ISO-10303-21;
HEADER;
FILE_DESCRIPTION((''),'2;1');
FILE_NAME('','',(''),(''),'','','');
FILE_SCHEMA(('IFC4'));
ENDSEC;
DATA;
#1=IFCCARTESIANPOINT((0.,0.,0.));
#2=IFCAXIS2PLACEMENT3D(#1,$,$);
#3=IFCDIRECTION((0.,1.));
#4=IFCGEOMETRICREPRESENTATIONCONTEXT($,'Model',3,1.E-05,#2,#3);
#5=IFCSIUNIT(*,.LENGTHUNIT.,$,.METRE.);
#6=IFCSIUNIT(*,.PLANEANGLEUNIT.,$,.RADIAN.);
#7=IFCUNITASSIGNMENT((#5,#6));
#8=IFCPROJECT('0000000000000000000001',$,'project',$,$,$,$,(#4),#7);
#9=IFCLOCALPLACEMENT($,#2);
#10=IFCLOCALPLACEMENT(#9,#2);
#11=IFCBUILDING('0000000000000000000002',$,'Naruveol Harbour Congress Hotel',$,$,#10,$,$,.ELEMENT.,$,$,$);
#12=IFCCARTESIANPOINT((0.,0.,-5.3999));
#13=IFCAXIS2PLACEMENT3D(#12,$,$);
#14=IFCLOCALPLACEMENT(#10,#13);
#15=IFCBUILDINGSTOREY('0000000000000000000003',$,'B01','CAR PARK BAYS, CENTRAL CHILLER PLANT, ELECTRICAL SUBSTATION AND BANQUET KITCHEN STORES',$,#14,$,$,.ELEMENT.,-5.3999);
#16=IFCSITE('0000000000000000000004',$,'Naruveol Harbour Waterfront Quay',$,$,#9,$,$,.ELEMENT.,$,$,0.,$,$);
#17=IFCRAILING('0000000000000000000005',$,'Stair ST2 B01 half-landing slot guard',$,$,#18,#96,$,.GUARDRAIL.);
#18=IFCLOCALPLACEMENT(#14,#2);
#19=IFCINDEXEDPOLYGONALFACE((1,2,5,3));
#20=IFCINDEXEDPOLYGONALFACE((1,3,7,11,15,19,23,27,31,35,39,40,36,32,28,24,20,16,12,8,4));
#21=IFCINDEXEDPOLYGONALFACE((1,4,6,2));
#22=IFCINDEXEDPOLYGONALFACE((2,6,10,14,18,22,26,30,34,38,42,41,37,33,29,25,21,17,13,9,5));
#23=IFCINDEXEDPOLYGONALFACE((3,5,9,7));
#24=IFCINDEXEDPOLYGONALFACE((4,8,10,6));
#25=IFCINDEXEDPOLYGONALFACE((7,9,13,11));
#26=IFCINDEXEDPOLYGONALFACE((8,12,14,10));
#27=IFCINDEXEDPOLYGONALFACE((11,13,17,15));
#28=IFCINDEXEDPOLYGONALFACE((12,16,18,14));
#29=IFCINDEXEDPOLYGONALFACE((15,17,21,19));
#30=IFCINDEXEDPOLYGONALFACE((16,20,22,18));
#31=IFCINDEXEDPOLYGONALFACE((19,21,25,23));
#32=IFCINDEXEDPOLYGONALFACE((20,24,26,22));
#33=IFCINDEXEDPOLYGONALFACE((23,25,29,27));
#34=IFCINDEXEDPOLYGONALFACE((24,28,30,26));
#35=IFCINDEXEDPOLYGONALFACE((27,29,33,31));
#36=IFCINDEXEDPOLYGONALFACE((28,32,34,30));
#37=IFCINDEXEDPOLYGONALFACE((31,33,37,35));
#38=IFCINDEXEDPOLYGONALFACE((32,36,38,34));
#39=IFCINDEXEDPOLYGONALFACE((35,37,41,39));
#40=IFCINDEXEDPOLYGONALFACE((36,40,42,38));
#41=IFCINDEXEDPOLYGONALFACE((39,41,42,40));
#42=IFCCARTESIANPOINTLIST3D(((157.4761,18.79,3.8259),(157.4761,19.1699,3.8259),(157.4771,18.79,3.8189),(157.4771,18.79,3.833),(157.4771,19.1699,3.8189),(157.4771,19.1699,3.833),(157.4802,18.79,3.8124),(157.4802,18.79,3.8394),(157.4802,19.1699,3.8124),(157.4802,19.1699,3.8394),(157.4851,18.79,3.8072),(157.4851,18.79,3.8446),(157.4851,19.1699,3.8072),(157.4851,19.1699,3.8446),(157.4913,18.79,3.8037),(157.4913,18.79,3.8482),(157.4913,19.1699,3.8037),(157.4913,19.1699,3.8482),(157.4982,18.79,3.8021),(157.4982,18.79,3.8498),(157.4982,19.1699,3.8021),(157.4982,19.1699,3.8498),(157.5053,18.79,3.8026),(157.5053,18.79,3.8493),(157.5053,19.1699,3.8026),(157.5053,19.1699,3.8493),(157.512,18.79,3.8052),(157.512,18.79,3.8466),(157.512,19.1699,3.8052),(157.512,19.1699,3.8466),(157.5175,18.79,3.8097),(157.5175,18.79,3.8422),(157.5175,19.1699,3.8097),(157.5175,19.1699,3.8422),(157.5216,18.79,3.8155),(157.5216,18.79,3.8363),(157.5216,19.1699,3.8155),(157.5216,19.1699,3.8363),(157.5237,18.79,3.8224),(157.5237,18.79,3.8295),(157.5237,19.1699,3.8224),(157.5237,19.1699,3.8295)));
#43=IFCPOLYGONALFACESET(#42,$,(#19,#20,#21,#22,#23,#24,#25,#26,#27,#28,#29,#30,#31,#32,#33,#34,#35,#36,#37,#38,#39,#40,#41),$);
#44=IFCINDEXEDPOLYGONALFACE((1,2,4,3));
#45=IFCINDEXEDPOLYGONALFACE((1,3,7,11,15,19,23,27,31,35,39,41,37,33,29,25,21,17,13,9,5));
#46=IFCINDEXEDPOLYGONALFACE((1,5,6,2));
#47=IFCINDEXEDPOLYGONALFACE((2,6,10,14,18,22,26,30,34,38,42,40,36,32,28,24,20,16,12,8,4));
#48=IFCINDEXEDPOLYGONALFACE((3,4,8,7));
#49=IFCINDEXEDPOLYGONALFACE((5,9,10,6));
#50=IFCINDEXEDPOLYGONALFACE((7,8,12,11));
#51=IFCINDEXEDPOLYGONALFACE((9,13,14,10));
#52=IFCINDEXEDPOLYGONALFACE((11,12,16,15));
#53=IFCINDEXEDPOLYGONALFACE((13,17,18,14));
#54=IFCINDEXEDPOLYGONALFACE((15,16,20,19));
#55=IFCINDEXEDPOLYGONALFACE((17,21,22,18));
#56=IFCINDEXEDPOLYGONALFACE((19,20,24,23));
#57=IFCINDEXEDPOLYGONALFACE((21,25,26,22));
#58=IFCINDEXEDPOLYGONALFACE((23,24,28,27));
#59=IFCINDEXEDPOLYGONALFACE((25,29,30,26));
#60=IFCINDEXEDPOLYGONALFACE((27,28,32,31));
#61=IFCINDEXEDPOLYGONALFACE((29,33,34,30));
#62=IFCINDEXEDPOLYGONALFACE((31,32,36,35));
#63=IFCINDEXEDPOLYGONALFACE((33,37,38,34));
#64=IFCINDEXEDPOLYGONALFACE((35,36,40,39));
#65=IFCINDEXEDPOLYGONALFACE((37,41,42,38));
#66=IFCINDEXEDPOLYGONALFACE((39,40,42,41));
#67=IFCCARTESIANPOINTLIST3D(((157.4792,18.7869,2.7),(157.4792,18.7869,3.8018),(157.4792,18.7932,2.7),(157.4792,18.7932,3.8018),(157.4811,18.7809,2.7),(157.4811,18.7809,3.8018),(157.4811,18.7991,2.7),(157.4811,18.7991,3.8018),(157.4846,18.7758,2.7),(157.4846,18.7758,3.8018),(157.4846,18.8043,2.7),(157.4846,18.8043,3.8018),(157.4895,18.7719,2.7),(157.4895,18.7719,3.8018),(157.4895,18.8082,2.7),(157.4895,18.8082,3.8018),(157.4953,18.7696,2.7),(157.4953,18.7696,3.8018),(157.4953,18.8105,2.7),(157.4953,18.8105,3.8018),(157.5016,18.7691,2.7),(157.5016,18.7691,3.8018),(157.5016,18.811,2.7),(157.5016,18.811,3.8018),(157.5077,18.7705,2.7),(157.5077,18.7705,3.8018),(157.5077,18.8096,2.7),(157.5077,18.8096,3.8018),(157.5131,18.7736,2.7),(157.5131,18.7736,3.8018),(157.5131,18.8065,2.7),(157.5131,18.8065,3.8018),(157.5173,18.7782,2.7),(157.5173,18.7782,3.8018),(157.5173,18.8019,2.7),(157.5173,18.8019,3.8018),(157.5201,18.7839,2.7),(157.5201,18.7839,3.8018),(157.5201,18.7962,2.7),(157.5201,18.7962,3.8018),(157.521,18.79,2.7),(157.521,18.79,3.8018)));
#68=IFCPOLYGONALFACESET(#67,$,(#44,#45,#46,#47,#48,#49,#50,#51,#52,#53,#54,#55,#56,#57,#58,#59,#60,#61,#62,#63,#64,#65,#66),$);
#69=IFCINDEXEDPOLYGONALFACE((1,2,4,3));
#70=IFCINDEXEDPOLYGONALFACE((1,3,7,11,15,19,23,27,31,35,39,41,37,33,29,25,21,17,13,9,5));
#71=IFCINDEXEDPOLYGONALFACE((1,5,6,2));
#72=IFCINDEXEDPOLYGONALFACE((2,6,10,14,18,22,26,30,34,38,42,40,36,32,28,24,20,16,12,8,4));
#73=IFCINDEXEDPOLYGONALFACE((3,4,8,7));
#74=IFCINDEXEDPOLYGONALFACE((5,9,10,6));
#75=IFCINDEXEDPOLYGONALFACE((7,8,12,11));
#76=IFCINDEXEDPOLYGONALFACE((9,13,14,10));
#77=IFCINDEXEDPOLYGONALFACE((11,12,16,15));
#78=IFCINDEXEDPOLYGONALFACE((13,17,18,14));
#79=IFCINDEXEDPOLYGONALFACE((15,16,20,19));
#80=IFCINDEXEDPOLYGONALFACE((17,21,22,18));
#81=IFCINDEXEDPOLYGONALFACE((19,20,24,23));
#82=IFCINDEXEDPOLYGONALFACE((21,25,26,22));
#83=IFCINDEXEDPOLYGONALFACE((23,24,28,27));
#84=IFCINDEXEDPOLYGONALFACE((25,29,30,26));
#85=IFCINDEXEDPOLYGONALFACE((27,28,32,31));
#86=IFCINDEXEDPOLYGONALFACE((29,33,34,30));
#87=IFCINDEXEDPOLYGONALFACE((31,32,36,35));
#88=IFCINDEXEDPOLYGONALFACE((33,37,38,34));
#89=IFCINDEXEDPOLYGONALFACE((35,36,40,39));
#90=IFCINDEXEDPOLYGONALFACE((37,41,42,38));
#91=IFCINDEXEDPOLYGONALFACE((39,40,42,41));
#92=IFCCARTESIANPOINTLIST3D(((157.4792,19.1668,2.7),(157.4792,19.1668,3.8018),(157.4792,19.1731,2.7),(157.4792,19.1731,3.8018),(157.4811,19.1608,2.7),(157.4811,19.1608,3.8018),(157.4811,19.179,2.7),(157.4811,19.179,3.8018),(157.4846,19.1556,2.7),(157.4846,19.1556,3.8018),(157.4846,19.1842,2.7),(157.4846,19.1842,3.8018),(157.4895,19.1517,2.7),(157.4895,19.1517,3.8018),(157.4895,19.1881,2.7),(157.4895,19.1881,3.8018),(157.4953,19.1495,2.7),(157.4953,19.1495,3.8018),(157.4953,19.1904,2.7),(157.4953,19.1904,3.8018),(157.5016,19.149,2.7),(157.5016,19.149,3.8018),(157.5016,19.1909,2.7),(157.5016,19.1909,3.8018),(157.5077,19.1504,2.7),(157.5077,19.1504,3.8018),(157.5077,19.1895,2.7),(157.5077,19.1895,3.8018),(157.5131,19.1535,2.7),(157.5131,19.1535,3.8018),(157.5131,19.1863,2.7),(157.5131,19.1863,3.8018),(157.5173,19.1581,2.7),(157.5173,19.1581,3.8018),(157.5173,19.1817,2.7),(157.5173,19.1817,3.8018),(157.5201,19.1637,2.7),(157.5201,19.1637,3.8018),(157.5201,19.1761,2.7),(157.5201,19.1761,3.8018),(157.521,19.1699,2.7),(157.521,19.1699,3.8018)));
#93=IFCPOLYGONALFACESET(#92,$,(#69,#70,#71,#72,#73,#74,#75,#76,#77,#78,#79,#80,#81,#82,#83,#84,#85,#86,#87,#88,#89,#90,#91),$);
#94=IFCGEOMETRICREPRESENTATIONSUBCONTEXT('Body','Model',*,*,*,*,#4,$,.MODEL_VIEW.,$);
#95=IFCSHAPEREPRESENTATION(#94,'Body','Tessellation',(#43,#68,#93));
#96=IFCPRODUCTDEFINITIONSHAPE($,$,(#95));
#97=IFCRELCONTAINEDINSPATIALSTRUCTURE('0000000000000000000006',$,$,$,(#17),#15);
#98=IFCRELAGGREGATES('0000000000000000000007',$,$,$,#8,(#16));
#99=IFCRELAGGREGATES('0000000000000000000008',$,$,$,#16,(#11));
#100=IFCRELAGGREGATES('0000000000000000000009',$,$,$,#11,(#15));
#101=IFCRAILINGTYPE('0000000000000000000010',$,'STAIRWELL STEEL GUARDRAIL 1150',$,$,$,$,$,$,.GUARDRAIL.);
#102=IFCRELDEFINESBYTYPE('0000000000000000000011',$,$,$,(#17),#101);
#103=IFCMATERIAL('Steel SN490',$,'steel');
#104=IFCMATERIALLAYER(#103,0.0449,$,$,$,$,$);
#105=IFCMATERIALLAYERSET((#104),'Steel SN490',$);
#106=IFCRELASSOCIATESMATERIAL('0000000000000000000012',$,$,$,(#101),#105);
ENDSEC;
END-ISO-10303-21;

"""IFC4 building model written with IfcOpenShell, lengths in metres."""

from ifc_helpers import new_model, si_unit, direction, frame, origin, origin_2d, place, context, subcontext, project, spatial, circle, extrude, material, layer, layer_set, type_object, element, save


model = new_model("IFC4")

# Units and contexts
model_context = context("Model", 3, precision=1e-05, world=origin(), true_north=direction((0.0, 1.0)))
body_context = subcontext(model_context, "Body", "Model", "MODEL_VIEW")
ifc_project = project(units=[si_unit("LENGTHUNIT", "METRE"), si_unit("PLANEANGLEUNIT", "RADIAN")], contexts=[model_context])

# Site, building, storey
site_placement = place(None, origin())
site = spatial("IfcSite", under=ifc_project, at=site_placement, Name="Naruveol Harbour Waterfront Quay", CompositionType="ELEMENT", RefElevation=0.0)
building_placement = place(site_placement, origin())
building = spatial("IfcBuilding", under=site, at=building_placement, Name="Naruveol Harbour Congress Hotel", CompositionType="ELEMENT")
storey_placement = place(building_placement, frame((0.0, 0.0, -5.3999)))
storey = spatial("IfcBuildingStorey", under=building, at=storey_placement, Name="B01", Description="CAR PARK BAYS, CENTRAL CHILLER PLANT, ELECTRICAL SUBSTATION AND BANQUET KITCHEN STORES", CompositionType="ELEMENT", Elevation=-5.3999)

# Railing
ifc_material_1 = material(Name="Steel SN490", Category="steel")
ifc_layer_1 = layer(ifc_material_1, 0.0449)
ifc_layer_set_1 = layer_set([ifc_layer_1], Name="Steel SN490")
railing_type_1 = type_object("IfcRailingType", Name="STAIRWELL STEEL GUARDRAIL 1150", PredefinedType="GUARDRAIL", material=ifc_layer_set_1)
railing_1_placement = place(storey_placement, frame((157.5, 18.79, 2.7)))
element("IfcRailing", 1, at=railing_1_placement, inside=storey, type_object=railing_type_1, Name="Stair ST2 B01 half-landing slot guard", PredefinedType="GUARDRAIL", context=body_context, shape_type="SweptSolid", body=[
    extrude(circle(Radius=0.0239, at=origin_2d()), frame((0.0, 0.0, 1.126), z_axis=(0.0, 1.0, 0.0), x_axis=(-1.0, 0.0, 0.0)), (0.0, 0.0, 1.0), 0.3799),
    extrude(circle(Radius=0.021, at=origin_2d()), origin(), (0.0, 0.0, 1.0), 1.1018),
    extrude(circle(Radius=0.021, at=origin_2d()), frame((0.0, 0.3799, 0.0)), (0.0, 0.0, 1.0), 1.1018),
])

save(model, "model.ifc")
